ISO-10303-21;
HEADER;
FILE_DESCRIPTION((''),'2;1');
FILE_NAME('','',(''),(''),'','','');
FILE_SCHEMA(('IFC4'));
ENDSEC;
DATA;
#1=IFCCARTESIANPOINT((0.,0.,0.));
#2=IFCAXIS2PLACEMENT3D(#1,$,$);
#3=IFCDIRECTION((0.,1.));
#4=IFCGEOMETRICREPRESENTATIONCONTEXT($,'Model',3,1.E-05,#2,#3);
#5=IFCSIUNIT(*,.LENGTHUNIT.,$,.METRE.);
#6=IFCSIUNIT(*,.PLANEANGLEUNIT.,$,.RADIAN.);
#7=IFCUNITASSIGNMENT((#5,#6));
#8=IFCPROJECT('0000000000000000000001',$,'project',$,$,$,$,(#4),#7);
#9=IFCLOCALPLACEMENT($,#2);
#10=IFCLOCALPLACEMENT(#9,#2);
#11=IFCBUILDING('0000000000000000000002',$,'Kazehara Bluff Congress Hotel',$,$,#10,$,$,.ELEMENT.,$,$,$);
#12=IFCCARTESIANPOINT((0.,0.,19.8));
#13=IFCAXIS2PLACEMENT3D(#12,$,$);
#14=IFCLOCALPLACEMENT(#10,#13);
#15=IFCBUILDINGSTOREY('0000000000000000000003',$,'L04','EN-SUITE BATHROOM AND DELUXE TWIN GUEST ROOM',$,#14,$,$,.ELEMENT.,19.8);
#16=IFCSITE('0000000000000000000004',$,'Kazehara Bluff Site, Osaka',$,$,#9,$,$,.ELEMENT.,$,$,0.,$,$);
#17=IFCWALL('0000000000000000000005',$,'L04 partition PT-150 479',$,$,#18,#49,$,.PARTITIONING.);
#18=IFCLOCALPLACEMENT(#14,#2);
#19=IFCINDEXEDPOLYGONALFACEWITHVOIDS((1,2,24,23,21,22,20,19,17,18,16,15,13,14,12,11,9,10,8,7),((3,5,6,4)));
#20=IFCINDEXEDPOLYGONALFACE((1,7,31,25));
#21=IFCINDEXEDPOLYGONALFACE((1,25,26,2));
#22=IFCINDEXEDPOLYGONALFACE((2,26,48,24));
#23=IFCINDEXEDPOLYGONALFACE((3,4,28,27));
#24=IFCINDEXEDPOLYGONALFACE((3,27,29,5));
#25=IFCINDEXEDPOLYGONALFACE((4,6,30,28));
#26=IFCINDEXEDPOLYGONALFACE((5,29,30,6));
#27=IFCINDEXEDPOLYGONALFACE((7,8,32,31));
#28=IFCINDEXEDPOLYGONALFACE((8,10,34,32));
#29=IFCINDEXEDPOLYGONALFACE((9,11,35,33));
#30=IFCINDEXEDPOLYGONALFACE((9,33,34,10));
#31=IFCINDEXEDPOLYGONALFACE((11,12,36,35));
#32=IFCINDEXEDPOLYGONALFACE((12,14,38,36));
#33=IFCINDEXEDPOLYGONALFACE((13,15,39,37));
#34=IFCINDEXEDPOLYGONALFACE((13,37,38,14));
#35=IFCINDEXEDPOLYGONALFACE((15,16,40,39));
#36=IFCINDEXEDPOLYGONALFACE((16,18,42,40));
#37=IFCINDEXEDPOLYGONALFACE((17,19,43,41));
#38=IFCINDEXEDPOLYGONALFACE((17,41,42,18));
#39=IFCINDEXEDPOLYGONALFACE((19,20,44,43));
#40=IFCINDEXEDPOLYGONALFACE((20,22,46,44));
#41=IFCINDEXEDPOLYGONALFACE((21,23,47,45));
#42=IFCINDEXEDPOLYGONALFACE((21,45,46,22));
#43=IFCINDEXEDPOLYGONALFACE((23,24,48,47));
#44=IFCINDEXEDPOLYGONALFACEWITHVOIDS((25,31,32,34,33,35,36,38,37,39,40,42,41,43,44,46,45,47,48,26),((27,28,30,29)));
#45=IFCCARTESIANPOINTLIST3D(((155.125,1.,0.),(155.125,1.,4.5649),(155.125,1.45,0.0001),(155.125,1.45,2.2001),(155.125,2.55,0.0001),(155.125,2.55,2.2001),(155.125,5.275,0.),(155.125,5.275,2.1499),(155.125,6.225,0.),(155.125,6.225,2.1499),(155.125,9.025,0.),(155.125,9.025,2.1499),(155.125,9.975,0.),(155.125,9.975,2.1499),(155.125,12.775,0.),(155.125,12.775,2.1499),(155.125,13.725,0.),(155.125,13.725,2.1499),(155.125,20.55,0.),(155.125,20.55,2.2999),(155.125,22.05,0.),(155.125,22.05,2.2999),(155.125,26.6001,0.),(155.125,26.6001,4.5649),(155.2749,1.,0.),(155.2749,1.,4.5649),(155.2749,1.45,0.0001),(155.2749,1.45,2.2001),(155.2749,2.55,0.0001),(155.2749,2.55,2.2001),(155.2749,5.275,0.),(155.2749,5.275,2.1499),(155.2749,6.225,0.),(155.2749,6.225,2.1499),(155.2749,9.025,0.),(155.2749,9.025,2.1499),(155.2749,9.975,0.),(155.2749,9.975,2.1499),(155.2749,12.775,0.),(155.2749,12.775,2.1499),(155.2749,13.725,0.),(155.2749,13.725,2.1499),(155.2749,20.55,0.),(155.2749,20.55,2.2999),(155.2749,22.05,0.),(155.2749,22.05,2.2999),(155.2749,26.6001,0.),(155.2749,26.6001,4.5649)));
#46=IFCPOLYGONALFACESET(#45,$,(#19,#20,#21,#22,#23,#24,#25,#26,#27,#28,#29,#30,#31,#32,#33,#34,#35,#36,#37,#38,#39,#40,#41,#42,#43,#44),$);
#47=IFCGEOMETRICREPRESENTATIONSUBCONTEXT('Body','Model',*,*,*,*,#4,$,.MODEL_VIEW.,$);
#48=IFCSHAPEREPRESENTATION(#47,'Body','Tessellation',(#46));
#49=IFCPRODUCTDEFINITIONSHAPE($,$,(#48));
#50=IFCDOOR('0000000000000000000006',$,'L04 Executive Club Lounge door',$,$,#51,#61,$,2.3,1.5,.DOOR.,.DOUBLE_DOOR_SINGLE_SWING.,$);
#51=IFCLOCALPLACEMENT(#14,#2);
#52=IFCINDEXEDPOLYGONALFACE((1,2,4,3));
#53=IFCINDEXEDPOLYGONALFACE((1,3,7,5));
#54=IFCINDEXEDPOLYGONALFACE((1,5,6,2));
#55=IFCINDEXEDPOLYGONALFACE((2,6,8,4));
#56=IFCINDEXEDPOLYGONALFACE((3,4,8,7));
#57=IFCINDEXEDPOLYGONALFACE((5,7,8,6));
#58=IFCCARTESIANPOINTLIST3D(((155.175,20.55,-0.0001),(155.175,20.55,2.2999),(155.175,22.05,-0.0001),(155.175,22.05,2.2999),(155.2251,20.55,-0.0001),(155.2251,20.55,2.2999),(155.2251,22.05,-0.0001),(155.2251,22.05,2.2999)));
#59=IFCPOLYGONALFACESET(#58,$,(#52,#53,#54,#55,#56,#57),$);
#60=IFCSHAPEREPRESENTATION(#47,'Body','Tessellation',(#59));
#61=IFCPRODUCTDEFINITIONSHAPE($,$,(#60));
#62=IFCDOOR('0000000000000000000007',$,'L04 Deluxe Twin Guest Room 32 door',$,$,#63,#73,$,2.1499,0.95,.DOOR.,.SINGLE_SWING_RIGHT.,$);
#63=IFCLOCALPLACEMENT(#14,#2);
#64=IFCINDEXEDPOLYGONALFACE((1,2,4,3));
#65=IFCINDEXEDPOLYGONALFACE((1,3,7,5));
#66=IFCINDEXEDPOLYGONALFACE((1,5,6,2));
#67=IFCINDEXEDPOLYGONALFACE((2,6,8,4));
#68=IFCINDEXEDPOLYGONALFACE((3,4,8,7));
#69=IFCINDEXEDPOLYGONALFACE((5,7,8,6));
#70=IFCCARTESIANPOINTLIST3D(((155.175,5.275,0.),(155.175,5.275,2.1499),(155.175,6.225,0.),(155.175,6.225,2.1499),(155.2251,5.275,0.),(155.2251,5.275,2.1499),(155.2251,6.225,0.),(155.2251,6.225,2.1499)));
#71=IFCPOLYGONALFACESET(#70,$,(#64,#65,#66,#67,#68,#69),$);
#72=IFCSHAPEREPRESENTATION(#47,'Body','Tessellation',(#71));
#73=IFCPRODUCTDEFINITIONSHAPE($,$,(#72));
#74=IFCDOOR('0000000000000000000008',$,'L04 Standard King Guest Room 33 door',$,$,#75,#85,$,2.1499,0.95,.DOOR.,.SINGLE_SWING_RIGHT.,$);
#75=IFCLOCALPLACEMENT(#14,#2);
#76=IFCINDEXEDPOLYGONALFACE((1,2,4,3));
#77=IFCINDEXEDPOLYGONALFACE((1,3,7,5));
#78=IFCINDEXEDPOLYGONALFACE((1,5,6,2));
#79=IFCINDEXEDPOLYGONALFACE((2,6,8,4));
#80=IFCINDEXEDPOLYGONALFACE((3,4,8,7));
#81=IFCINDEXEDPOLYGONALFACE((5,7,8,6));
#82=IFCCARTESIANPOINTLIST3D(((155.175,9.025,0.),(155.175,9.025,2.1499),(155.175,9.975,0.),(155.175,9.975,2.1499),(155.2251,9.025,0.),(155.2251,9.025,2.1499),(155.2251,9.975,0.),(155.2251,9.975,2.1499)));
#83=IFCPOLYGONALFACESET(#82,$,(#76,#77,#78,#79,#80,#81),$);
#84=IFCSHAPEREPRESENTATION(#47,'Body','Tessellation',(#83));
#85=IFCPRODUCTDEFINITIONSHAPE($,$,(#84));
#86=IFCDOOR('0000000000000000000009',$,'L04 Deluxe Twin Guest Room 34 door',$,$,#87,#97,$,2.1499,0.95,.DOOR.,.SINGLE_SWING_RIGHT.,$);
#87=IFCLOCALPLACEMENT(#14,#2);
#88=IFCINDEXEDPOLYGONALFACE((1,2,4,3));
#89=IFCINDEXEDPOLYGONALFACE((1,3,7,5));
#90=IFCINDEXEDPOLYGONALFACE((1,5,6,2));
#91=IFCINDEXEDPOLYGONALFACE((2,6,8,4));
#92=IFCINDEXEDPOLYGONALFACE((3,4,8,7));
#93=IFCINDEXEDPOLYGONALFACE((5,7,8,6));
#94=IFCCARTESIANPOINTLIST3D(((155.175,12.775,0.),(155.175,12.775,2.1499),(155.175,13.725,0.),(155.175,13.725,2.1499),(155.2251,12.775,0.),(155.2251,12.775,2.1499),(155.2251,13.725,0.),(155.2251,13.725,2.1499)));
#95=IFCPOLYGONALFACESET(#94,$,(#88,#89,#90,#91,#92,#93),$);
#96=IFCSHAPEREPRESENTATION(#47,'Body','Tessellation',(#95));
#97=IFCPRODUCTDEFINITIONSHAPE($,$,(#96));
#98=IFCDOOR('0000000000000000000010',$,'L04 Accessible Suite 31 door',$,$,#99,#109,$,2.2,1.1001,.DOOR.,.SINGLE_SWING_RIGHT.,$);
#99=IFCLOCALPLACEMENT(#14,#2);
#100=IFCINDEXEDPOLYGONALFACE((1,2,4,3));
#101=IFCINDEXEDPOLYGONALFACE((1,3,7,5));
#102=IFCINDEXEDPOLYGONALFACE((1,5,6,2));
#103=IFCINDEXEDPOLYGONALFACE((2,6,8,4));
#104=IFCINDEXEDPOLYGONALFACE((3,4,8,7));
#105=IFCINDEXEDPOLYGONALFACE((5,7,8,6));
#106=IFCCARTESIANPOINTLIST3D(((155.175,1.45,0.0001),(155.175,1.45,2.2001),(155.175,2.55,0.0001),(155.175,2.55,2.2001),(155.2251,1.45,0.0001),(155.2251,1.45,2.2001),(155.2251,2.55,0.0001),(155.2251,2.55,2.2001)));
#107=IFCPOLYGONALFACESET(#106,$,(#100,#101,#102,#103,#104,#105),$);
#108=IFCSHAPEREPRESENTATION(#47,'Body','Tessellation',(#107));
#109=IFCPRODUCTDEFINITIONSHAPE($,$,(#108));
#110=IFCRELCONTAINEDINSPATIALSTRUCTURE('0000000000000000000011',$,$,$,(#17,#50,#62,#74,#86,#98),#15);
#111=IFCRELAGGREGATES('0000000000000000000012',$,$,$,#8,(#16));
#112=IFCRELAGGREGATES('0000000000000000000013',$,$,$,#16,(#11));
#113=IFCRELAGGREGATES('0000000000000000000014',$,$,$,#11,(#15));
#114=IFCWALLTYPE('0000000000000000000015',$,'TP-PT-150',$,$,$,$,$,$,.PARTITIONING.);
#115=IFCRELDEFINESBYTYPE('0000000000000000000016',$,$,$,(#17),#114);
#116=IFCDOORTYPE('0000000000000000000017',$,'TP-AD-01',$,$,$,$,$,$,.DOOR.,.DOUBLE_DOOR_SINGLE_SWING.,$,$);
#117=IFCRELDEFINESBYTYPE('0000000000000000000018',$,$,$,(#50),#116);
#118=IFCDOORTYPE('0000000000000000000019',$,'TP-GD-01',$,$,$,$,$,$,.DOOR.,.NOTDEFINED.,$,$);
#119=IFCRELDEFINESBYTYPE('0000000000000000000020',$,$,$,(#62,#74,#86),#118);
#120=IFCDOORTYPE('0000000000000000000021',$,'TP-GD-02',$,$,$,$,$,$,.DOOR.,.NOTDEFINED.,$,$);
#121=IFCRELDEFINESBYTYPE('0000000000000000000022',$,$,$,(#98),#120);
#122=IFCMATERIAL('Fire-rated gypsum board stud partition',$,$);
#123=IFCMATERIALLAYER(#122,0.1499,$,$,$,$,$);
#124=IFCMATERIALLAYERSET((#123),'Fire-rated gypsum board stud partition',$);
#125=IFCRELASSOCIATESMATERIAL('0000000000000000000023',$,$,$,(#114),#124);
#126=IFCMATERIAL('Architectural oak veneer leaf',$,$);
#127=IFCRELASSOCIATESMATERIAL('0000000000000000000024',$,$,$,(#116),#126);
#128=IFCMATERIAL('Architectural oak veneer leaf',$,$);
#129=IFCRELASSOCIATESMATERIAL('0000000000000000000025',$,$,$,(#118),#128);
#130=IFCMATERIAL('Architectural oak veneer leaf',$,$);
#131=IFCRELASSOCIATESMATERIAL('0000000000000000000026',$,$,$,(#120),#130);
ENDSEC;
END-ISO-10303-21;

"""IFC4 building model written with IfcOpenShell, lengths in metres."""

from ifc_helpers import new_model, si_unit, direction, frame, frame_2d, origin, place, context, subcontext, project, spatial, rectangle, extrude, material, layer, layer_set, type_object, element, fill, save


model = new_model("IFC4")

# Units and contexts
model_context = context("Model", 3, precision=1e-05, world=origin(), true_north=direction((0.0, 1.0)))
body_context = subcontext(model_context, "Body", "Model", "MODEL_VIEW")
ifc_project = project(units=[si_unit("LENGTHUNIT", "METRE"), si_unit("PLANEANGLEUNIT", "RADIAN")], contexts=[model_context])

# Site, building, storey
site_placement = place(None, origin())
site = spatial("IfcSite", under=ifc_project, at=site_placement, Name="Kazehara Bluff Site, Osaka", CompositionType="ELEMENT", RefElevation=0.0)
building_placement = place(site_placement, origin())
building = spatial("IfcBuilding", under=site, at=building_placement, Name="Kazehara Bluff Congress Hotel", CompositionType="ELEMENT")
storey_placement = place(building_placement, frame((0.0, 0.0, 19.8)))
storey = spatial("IfcBuildingStorey", under=building, at=storey_placement, Name="L04", Description="EN-SUITE BATHROOM AND DELUXE TWIN GUEST ROOM", CompositionType="ELEMENT", Elevation=19.8)

# Shared definitions
ifc_material_1 = material(Name="Fire-rated gypsum board stud partition")
ifc_layer_1 = layer(ifc_material_1, 0.1499)
ifc_layer_set_1 = layer_set([ifc_layer_1], Name="Fire-rated gypsum board stud partition")
wall_type = type_object("IfcWallType", Name="TP-PT-150", PredefinedType="PARTITIONING", material=ifc_layer_set_1)

# Wall, openings, doors
wall_1_placement = place(storey_placement, frame((155.2, 1.0, 0.0), z_axis=(0.0, 0.0, 1.0), x_axis=(0.0, 1.0, 0.0)))
wall_1 = element("IfcWall", 1, at=wall_1_placement, inside=storey, type_object=wall_type, Name="L04 partition PT-150 479", PredefinedType="PARTITIONING", context=body_context, shape_type="SweptSolid", body=[
    extrude(rectangle(XDim=25.6001, YDim=0.1499, at=frame_2d((12.8, 0.0))), origin(), (0.0, 0.0, 1.0), 4.5649),
])
opening_1_placement = place(wall_1_placement, frame((19.55, 0.0, 0.0)))
opening_1 = element("IfcOpeningElement", 2, at=opening_1_placement, cuts=wall_1, PredefinedType="OPENING", context=body_context, shape_type="SweptSolid", body=[
    extrude(rectangle(XDim=1.5, YDim=2.3, at=frame_2d((0.75, 1.1499))), frame((0.0, 0.085, 0.0), z_axis=(0.0, -1.0, 0.0), x_axis=(1.0, 0.0, 0.0)), (0.0, 0.0, 1.0), 0.1699),
])
opening_2_placement = place(wall_1_placement, frame((0.45, 0.0, 0.0)))
opening_2 = element("IfcOpeningElement", 3, at=opening_2_placement, cuts=wall_1, PredefinedType="OPENING", context=body_context, shape_type="SweptSolid", body=[
    extrude(rectangle(XDim=1.1001, YDim=2.2, at=frame_2d((0.55, 1.1001))), frame((0.0, 0.085, 0.0), z_axis=(0.0, -1.0, 0.0), x_axis=(1.0, 0.0, 0.0)), (0.0, 0.0, 1.0), 0.1699),
])
opening_3_placement = place(wall_1_placement, frame((4.2749, 0.0, 0.0)))
opening_3 = element("IfcOpeningElement", 4, at=opening_3_placement, cuts=wall_1, PredefinedType="OPENING", context=body_context, shape_type="SweptSolid", body=[
    extrude(rectangle(XDim=0.95, YDim=2.1499, at=frame_2d((0.4751, 1.075))), frame((0.0, 0.085, 0.0), z_axis=(0.0, -1.0, 0.0), x_axis=(1.0, 0.0, 0.0)), (0.0, 0.0, 1.0), 0.1699),
])
opening_4_placement = place(wall_1_placement, frame((8.0249, 0.0, 0.0)))
opening_4 = element("IfcOpeningElement", 5, at=opening_4_placement, cuts=wall_1, PredefinedType="OPENING", context=body_context, shape_type="SweptSolid", body=[
    extrude(rectangle(XDim=0.95, YDim=2.1499, at=frame_2d((0.4751, 1.075))), frame((0.0, 0.085, 0.0), z_axis=(0.0, -1.0, 0.0), x_axis=(1.0, 0.0, 0.0)), (0.0, 0.0, 1.0), 0.1699),
])
opening_5_placement = place(wall_1_placement, frame((11.7749, 0.0, 0.0)))
opening_5 = element("IfcOpeningElement", 6, at=opening_5_placement, cuts=wall_1, PredefinedType="OPENING", context=body_context, shape_type="SweptSolid", body=[
    extrude(rectangle(XDim=0.95, YDim=2.1499, at=frame_2d((0.4751, 1.075))), frame((0.0, 0.085, 0.0), z_axis=(0.0, -1.0, 0.0), x_axis=(1.0, 0.0, 0.0)), (0.0, 0.0, 1.0), 0.1699),
])
ifc_material_2 = material(Name="Architectural oak veneer leaf")
door_type_1 = type_object("IfcDoorType", Name="TP-AD-01", OperationType="DOUBLE_DOOR_SINGLE_SWING", PredefinedType="DOOR", material=ifc_material_2)
door_1_placement = place(opening_1_placement, origin())
door_1 = element("IfcDoor", 7, at=door_1_placement, inside=storey, type_object=door_type_1, Name="L04 Executive Club Lounge door", OperationType="DOUBLE_DOOR_SINGLE_SWING", OverallHeight=2.3, OverallWidth=1.5, PredefinedType="DOOR", context=body_context, shape_type="SweptSolid", body=[
    extrude(rectangle(XDim=1.5, YDim=2.3, at=frame_2d((0.75, 1.1499))), frame((0.0, 0.0249, 0.0), z_axis=(0.0, -1.0, 0.0), x_axis=(1.0, 0.0, 0.0)), (0.0, 0.0, 1.0), 0.05),
])
fill(opening_1, door_1)
ifc_material_3 = material(Name="Architectural oak veneer leaf")
door_type_2 = type_object("IfcDoorType", Name="TP-GD-01", OperationType="NOTDEFINED", PredefinedType="DOOR", material=ifc_material_3)
door_2_placement = place(opening_3_placement, origin())
door_2 = element("IfcDoor", 8, at=door_2_placement, inside=storey, type_object=door_type_2, Name="L04 Deluxe Twin Guest Room 32 door", OperationType="SINGLE_SWING_RIGHT", OverallHeight=2.1499, OverallWidth=0.95, PredefinedType="DOOR", context=body_context, shape_type="SweptSolid", body=[
    extrude(rectangle(XDim=0.95, YDim=2.1499, at=frame_2d((0.4751, 1.075))), frame((0.0, 0.0249, 0.0), z_axis=(0.0, -1.0, 0.0), x_axis=(1.0, 0.0, 0.0)), (0.0, 0.0, 1.0), 0.05),
])
fill(opening_3, door_2)
door_3_placement = place(opening_4_placement, origin())
door_3 = element("IfcDoor", 9, at=door_3_placement, inside=storey, type_object=door_type_2, Name="L04 Standard King Guest Room 33 door", OperationType="SINGLE_SWING_RIGHT", OverallHeight=2.1499, OverallWidth=0.95, PredefinedType="DOOR", context=body_context, shape_type="SweptSolid", body=[
    extrude(rectangle(XDim=0.95, YDim=2.1499, at=frame_2d((0.4751, 1.075))), frame((0.0, 0.0249, 0.0), z_axis=(0.0, -1.0, 0.0), x_axis=(1.0, 0.0, 0.0)), (0.0, 0.0, 1.0), 0.05),
])
fill(opening_4, door_3)
door_4_placement = place(opening_5_placement, origin())
door_4 = element("IfcDoor", 10, at=door_4_placement, inside=storey, type_object=door_type_2, Name="L04 Deluxe Twin Guest Room 34 door", OperationType="SINGLE_SWING_RIGHT", OverallHeight=2.1499, OverallWidth=0.95, PredefinedType="DOOR", context=body_context, shape_type="SweptSolid", body=[
    extrude(rectangle(XDim=0.95, YDim=2.1499, at=frame_2d((0.4751, 1.075))), frame((0.0, 0.0249, 0.0), z_axis=(0.0, -1.0, 0.0), x_axis=(1.0, 0.0, 0.0)), (0.0, 0.0, 1.0), 0.05),
])
fill(opening_5, door_4)
ifc_material_4 = material(Name="Architectural oak veneer leaf")
door_type_3 = type_object("IfcDoorType", Name="TP-GD-02", OperationType="NOTDEFINED", PredefinedType="DOOR", material=ifc_material_4)
door_5_placement = place(opening_2_placement, origin())
door_5 = element("IfcDoor", 11, at=door_5_placement, inside=storey, type_object=door_type_3, Name="L04 Accessible Suite 31 door", OperationType="SINGLE_SWING_RIGHT", OverallHeight=2.2, OverallWidth=1.1001, PredefinedType="DOOR", context=body_context, shape_type="SweptSolid", body=[
    extrude(rectangle(XDim=1.1001, YDim=2.2, at=frame_2d((0.55, 1.1001))), frame((0.0, 0.0249, 0.0), z_axis=(0.0, -1.0, 0.0), x_axis=(1.0, 0.0, 0.0)), (0.0, 0.0, 1.0), 0.05),
])
fill(opening_2, door_5)

save(model, "model.ifc")
